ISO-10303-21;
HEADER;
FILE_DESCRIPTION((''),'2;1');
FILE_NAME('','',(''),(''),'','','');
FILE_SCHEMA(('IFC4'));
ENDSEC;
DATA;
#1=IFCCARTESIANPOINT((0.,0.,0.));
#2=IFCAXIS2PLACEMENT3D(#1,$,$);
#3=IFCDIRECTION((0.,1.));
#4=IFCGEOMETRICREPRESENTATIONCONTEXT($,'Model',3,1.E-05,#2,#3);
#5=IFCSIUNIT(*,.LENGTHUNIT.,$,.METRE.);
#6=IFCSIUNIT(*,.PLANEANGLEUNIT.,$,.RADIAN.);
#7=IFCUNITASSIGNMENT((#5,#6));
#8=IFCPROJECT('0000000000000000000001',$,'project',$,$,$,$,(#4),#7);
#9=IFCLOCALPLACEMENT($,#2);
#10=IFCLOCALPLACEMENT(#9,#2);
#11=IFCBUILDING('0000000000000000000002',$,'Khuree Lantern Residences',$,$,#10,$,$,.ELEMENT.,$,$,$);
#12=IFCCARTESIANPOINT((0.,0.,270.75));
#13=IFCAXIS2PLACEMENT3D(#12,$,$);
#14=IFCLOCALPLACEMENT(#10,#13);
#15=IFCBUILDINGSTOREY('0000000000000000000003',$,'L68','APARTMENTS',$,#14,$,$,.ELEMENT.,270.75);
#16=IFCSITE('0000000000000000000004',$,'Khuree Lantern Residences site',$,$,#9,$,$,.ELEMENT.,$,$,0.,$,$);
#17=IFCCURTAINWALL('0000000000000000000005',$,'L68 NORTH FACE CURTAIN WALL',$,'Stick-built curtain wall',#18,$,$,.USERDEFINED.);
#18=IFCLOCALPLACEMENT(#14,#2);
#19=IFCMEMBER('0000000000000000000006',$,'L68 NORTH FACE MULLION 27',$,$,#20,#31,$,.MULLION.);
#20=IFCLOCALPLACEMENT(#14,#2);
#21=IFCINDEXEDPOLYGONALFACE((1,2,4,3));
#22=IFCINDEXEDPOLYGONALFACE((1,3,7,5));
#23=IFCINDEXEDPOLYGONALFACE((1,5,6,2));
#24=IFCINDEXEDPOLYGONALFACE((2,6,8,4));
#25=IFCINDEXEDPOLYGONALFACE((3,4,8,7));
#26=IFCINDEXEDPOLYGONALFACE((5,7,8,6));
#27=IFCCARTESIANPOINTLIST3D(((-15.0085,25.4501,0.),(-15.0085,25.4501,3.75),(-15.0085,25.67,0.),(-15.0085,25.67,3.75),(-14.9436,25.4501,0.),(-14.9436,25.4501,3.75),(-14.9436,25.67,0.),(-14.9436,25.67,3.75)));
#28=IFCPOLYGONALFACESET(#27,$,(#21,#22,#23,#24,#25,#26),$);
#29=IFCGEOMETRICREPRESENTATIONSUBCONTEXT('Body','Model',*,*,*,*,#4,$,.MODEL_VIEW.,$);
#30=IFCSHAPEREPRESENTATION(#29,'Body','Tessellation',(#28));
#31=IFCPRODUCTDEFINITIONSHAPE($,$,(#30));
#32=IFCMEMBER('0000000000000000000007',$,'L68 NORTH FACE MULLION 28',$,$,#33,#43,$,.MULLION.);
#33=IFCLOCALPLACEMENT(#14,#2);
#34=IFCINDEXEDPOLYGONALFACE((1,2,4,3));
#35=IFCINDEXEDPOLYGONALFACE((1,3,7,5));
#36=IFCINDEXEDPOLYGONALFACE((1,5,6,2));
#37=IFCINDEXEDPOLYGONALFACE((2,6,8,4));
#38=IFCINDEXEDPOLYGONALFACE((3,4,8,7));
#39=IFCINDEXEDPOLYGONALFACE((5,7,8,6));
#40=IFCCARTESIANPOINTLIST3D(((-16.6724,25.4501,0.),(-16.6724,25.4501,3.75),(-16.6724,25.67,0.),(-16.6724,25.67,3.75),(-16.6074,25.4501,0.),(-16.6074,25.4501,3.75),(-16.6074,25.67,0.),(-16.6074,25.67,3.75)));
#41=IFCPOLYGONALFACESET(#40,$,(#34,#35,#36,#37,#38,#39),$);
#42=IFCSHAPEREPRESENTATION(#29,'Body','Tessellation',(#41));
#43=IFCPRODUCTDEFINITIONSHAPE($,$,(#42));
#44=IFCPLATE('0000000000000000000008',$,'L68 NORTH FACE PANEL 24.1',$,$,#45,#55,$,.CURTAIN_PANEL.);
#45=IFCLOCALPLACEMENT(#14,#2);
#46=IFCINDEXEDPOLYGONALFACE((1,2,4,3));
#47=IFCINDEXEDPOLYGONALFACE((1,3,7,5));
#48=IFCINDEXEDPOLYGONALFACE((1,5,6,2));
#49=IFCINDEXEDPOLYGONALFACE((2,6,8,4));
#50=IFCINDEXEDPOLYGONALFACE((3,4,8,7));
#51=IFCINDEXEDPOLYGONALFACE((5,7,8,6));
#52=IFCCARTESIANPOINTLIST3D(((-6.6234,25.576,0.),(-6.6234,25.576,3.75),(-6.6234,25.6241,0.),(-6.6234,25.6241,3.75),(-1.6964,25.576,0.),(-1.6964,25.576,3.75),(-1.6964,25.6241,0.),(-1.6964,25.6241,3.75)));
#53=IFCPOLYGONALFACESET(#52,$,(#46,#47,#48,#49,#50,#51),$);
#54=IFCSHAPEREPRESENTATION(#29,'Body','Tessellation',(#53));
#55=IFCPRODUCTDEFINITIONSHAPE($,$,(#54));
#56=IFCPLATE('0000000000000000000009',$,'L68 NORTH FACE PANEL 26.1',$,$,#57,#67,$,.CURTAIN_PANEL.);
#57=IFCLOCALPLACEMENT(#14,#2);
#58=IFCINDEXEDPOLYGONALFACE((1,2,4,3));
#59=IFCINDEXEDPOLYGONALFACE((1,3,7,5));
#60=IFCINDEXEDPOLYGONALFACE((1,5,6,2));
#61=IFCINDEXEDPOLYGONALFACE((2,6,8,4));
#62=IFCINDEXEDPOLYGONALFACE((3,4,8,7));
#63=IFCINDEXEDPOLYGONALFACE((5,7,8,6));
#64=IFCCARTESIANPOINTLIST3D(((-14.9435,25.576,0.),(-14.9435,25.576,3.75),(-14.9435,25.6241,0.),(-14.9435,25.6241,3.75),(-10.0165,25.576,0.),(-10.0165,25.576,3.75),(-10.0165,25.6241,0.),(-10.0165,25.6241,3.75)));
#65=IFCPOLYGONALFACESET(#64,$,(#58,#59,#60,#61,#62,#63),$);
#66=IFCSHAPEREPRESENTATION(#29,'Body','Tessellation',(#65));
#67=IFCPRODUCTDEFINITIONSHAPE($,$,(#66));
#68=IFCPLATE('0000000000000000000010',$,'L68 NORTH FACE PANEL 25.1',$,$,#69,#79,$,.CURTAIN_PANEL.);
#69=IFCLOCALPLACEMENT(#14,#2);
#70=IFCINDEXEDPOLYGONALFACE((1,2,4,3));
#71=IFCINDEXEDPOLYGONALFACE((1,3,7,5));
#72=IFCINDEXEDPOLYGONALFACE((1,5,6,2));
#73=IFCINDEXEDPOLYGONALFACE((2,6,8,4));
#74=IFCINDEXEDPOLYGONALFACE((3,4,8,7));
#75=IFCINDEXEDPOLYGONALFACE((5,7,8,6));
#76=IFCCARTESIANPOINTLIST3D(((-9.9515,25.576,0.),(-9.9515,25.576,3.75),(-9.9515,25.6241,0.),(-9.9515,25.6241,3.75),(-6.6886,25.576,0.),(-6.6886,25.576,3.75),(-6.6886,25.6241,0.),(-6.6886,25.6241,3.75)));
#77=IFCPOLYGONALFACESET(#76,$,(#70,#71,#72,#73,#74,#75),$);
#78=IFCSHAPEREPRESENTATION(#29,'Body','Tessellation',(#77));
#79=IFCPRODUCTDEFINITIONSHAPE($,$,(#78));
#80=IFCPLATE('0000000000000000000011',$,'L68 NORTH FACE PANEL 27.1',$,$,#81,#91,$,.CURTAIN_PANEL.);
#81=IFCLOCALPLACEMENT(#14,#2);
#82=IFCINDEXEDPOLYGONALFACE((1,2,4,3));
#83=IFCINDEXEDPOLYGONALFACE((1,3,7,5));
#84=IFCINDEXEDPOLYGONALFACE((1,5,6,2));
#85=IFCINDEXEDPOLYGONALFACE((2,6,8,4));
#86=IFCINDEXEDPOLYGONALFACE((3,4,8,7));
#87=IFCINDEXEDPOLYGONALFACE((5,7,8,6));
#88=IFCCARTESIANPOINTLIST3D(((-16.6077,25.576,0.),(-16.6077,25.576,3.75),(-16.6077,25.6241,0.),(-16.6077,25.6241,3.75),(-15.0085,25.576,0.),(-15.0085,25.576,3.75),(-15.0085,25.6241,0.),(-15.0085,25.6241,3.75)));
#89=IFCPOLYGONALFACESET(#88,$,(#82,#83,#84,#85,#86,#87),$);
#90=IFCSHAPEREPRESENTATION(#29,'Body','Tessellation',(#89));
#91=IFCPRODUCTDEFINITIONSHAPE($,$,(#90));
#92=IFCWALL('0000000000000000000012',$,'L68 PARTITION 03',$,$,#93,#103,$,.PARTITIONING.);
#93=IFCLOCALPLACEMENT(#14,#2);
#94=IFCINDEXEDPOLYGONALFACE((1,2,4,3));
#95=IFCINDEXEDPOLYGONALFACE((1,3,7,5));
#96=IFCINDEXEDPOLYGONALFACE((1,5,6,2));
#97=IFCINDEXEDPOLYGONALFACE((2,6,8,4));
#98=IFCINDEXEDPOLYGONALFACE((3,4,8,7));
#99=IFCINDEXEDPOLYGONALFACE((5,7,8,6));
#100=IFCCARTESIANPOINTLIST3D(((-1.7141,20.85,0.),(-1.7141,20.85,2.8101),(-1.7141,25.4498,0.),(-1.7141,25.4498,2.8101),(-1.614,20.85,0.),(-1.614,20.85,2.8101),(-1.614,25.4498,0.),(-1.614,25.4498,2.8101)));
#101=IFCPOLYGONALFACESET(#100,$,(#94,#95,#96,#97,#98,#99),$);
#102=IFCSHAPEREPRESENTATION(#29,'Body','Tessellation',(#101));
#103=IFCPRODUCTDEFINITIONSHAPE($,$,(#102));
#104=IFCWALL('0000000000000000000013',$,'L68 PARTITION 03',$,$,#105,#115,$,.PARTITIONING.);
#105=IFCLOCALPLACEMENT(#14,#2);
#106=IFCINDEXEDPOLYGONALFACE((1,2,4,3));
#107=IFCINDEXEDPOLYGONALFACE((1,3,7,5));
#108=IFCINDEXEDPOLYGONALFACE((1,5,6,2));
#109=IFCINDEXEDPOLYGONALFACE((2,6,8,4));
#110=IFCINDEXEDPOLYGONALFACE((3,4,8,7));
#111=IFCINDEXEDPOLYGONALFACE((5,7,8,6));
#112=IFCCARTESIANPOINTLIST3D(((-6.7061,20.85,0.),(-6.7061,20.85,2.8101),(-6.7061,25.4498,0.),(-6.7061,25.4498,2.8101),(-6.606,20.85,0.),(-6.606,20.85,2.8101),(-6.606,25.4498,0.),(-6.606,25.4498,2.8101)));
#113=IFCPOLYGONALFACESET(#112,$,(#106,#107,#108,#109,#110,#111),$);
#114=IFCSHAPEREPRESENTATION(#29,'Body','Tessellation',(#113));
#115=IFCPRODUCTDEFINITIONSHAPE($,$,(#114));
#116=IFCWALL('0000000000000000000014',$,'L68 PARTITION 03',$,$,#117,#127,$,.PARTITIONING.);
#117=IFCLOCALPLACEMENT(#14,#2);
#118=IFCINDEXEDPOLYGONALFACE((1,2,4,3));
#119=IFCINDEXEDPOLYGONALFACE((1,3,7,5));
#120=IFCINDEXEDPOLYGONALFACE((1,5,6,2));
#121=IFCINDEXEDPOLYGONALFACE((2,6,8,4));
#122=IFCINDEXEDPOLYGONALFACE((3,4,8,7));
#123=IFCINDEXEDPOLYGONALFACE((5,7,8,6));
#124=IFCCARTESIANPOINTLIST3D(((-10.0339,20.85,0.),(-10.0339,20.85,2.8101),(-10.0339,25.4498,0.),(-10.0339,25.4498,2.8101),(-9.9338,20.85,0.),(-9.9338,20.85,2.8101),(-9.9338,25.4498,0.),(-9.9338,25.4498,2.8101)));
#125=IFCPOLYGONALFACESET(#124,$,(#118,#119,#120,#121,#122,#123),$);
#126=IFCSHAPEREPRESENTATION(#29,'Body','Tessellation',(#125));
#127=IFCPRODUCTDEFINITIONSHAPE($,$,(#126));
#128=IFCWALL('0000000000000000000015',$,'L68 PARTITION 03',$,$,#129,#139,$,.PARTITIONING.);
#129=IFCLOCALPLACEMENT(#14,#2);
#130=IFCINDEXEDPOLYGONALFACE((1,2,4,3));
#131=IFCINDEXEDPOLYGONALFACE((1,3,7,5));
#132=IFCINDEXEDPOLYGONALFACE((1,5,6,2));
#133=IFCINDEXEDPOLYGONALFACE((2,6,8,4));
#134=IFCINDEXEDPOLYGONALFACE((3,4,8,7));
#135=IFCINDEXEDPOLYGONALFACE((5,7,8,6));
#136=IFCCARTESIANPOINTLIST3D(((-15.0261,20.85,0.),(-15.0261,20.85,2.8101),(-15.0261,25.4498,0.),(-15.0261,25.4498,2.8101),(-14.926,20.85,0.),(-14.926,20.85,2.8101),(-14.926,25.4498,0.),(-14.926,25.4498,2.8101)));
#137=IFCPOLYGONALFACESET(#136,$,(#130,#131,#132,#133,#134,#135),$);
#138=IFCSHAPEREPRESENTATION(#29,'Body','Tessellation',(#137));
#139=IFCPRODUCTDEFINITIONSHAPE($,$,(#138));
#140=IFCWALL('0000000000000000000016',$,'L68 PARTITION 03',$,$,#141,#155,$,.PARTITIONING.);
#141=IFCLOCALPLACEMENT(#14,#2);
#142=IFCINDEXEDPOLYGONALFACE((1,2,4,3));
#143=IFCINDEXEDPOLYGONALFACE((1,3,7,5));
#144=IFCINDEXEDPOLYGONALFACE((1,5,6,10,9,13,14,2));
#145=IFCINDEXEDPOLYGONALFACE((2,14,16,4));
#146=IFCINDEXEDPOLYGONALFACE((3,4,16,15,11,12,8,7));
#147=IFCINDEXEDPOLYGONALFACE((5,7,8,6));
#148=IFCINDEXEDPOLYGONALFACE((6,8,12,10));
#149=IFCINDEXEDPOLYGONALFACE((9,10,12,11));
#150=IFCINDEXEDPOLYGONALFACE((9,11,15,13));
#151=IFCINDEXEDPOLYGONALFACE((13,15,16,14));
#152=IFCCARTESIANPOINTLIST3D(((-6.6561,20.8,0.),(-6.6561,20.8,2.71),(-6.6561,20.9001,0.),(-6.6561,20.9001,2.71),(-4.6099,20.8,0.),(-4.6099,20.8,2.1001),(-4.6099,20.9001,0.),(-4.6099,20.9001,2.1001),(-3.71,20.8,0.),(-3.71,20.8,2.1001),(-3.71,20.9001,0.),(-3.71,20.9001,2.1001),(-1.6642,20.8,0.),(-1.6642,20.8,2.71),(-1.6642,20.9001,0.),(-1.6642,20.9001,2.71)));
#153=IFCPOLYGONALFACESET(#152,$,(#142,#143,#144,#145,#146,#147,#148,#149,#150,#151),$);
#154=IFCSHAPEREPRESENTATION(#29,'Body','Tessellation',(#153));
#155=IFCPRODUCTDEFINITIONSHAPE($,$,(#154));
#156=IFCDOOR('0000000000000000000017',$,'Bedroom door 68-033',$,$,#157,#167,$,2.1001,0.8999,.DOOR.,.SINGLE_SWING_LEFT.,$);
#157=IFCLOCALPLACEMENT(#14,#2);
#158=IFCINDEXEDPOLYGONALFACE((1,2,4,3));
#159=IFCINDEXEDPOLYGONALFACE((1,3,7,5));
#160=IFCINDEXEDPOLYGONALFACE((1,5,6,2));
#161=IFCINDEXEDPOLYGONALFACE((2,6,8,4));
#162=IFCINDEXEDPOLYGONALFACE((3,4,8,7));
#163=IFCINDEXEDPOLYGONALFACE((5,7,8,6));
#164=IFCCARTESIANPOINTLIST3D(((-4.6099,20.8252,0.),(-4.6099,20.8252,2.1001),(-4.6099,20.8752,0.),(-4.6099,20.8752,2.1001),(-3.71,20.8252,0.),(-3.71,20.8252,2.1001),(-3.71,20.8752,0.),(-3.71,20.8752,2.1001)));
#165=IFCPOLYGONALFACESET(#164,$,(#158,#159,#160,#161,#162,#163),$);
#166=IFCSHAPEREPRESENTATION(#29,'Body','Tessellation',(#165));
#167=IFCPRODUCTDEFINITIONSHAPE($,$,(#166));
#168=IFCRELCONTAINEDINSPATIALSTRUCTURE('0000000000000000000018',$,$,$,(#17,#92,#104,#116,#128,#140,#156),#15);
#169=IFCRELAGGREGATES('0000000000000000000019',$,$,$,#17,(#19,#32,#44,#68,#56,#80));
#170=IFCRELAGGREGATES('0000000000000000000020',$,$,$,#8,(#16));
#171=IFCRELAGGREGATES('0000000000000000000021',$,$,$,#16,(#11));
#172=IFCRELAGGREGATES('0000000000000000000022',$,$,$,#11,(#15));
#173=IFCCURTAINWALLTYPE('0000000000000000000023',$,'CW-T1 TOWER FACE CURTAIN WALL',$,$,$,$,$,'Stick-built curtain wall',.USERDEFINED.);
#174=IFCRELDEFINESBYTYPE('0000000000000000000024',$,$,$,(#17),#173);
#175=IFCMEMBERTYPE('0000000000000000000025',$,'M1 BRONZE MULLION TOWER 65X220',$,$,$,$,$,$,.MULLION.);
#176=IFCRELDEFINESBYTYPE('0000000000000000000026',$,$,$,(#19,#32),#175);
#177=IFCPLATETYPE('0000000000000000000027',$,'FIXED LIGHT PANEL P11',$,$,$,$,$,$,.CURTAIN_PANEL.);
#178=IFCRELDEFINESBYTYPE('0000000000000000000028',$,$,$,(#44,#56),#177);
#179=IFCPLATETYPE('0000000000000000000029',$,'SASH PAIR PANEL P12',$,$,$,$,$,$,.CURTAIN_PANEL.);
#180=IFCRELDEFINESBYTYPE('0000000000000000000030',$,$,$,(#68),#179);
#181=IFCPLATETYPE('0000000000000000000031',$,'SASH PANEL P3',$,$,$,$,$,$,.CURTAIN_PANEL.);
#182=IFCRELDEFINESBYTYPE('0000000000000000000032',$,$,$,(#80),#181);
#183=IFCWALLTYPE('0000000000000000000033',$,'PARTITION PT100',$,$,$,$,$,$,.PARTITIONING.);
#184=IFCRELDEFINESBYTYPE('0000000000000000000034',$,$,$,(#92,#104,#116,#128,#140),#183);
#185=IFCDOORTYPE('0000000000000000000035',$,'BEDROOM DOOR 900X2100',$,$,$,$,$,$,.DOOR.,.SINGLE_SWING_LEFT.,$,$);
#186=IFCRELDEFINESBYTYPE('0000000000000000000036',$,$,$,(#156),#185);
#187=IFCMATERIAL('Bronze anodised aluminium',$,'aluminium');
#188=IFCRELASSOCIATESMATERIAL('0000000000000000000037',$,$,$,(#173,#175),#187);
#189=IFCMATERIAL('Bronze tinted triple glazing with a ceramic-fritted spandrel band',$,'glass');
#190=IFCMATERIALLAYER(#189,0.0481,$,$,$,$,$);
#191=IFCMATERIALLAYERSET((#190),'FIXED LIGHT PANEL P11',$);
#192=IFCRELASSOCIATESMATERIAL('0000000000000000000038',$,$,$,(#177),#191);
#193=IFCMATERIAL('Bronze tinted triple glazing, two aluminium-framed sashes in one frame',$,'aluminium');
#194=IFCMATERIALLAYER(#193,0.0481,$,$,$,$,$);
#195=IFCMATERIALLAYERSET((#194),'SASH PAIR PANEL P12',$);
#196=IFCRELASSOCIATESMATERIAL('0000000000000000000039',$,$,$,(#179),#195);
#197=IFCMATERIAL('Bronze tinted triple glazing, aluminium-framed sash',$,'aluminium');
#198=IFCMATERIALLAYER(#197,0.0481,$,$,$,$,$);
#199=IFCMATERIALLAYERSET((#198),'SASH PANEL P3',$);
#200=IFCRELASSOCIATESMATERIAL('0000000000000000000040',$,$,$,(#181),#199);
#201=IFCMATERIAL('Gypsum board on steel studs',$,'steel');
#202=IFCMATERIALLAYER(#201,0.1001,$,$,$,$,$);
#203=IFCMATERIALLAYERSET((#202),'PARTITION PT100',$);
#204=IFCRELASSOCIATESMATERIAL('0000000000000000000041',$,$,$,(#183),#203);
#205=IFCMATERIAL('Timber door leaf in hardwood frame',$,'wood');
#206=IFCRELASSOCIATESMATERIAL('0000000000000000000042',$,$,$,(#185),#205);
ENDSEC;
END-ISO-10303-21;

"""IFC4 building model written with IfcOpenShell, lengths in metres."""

from ifc_helpers import new_model, si_unit, direction, frame, frame_2d, origin, origin_2d, place, context, subcontext, project, spatial, rectangle, extrude, material, layer, layer_set, material_profile, profile_set, type_object, element, fill, aggregate, save


model = new_model("IFC4")

# Units and contexts
model_context = context("Model", 3, precision=1e-05, world=origin(), true_north=direction((0.0, 1.0)))
body_context = subcontext(model_context, "Body", "Model", "MODEL_VIEW")
ifc_project = project(units=[si_unit("LENGTHUNIT", "METRE"), si_unit("PLANEANGLEUNIT", "RADIAN")], contexts=[model_context])

# Site, building, storey
site_placement = place(None, origin())
site = spatial("IfcSite", under=ifc_project, at=site_placement, Name="Khuree Lantern Residences site", CompositionType="ELEMENT", RefElevation=0.0)
building_placement = place(site_placement, origin())
building = spatial("IfcBuilding", under=site, at=building_placement, Name="Khuree Lantern Residences", CompositionType="ELEMENT")
storey_placement = place(building_placement, frame((0.0, 0.0, 270.75)))
storey = spatial("IfcBuildingStorey", under=building, at=storey_placement, Name="L68", Description="APARTMENTS", CompositionType="ELEMENT", Elevation=270.75)

# Curtain wall
ifc_material_1 = material(Name="Bronze anodised aluminium", Category="aluminium")
curtain_wall_type = type_object("IfcCurtainWallType", Name="CW-T1 TOWER FACE CURTAIN WALL", ElementType="Stick-built curtain wall", PredefinedType="USERDEFINED", material=ifc_material_1)
curtain_wall_placement = place(storey_placement, origin())
curtain_wall = element("IfcCurtainWall", 1, at=curtain_wall_placement, inside=storey, type_object=curtain_wall_type, Name="L68 NORTH FACE CURTAIN WALL", ObjectType="Stick-built curtain wall", PredefinedType="USERDEFINED")

# Members
ifc_material_profile_1 = material_profile(ifc_material_1, rectangle(XDim=0.0649, YDim=0.22, at=origin_2d()), Name="M1 65X220")
ifc_profile_set_1 = profile_set([ifc_material_profile_1], Name="Bronze anodised aluminium")
member_type_1 = type_object("IfcMemberType", Name="M1 BRONZE MULLION TOWER 65X220", PredefinedType="MULLION", material=ifc_profile_set_1)
member_1_placement = place(storey_placement, frame((-14.9761, 25.5601, 0.0), z_axis=(0.0, 0.0, 1.0), x_axis=(-1.0, 0.0, 0.0)))
member_1 = element("IfcMember", 2, at=member_1_placement, type_object=member_type_1, Name="L68 NORTH FACE MULLION 27", PredefinedType="MULLION", context=body_context, shape_type="SweptSolid", body=[
    extrude(rectangle(XDim=0.0649, YDim=0.22, at=origin_2d()), origin(), (0.0, 0.0, 1.0), 3.75),
])
member_2_placement = place(storey_placement, frame((-16.6399, 25.5601, 0.0), z_axis=(0.0, 0.0, 1.0), x_axis=(-1.0, 0.0, 0.0)))
member_2 = element("IfcMember", 3, at=member_2_placement, type_object=member_type_1, Name="L68 NORTH FACE MULLION 28", PredefinedType="MULLION", context=body_context, shape_type="SweptSolid", body=[
    extrude(rectangle(XDim=0.0649, YDim=0.22, at=origin_2d()), origin(), (0.0, 0.0, 1.0), 3.75),
])

# Plates
ifc_material_2 = material(Name="Bronze tinted triple glazing with a ceramic-fritted spandrel band", Category="glass")
ifc_layer_1 = layer(ifc_material_2, 0.0481)
ifc_layer_set_1 = layer_set([ifc_layer_1], Name="FIXED LIGHT PANEL P11")
plate_type_1 = type_object("IfcPlateType", Name="FIXED LIGHT PANEL P11", PredefinedType="CURTAIN_PANEL", material=ifc_layer_set_1)
plate_1_placement = place(storey_placement, frame((-4.1599, 25.6001, 0.0), z_axis=(0.0, 0.0, 1.0), x_axis=(-1.0, 0.0, 0.0)))
plate_1 = element("IfcPlate", 4, at=plate_1_placement, type_object=plate_type_1, Name="L68 NORTH FACE PANEL 24.1", PredefinedType="CURTAIN_PANEL", context=body_context, shape_type="SweptSolid", body=[
    extrude(rectangle(XDim=4.927, YDim=0.0481, at=origin_2d()), origin(), (0.0, 0.0, 1.0), 3.75),
])
plate_2_placement = place(storey_placement, frame((-12.48, 25.6001, 0.0), z_axis=(0.0, 0.0, 1.0), x_axis=(-1.0, 0.0, 0.0)))
plate_2 = element("IfcPlate", 5, at=plate_2_placement, type_object=plate_type_1, Name="L68 NORTH FACE PANEL 26.1", PredefinedType="CURTAIN_PANEL", context=body_context, shape_type="SweptSolid", body=[
    extrude(rectangle(XDim=4.927, YDim=0.0481, at=origin_2d()), origin(), (0.0, 0.0, 1.0), 3.75),
])
ifc_material_3 = material(Name="Bronze tinted triple glazing, two aluminium-framed sashes in one frame", Category="aluminium")
ifc_layer_2 = layer(ifc_material_3, 0.0481)
ifc_layer_set_2 = layer_set([ifc_layer_2], Name="SASH PAIR PANEL P12")
plate_type_2 = type_object("IfcPlateType", Name="SASH PAIR PANEL P12", PredefinedType="CURTAIN_PANEL", material=ifc_layer_set_2)
plate_3_placement = place(storey_placement, frame((-8.3201, 25.6001, 0.0), z_axis=(0.0, 0.0, 1.0), x_axis=(-1.0, 0.0, 0.0)))
plate_3 = element("IfcPlate", 6, at=plate_3_placement, type_object=plate_type_2, Name="L68 NORTH FACE PANEL 25.1", PredefinedType="CURTAIN_PANEL", context=body_context, shape_type="SweptSolid", body=[
    extrude(rectangle(XDim=3.2629, YDim=0.0481, at=origin_2d()), origin(), (0.0, 0.0, 1.0), 3.75),
])
ifc_material_4 = material(Name="Bronze tinted triple glazing, aluminium-framed sash", Category="aluminium")
ifc_layer_3 = layer(ifc_material_4, 0.0481)
ifc_layer_set_3 = layer_set([ifc_layer_3], Name="SASH PANEL P3")
plate_type_3 = type_object("IfcPlateType", Name="SASH PANEL P3", PredefinedType="CURTAIN_PANEL", material=ifc_layer_set_3)
plate_4_placement = place(storey_placement, frame((-15.8081, 25.6001, 0.0), z_axis=(0.0, 0.0, 1.0), x_axis=(-1.0, 0.0, 0.0)))
plate_4 = element("IfcPlate", 7, at=plate_4_placement, type_object=plate_type_3, Name="L68 NORTH FACE PANEL 27.1", PredefinedType="CURTAIN_PANEL", context=body_context, shape_type="SweptSolid", body=[
    extrude(rectangle(XDim=1.5991, YDim=0.0481, at=origin_2d()), origin(), (0.0, 0.0, 1.0), 3.75),
])
aggregate(curtain_wall, [member_1, member_2, plate_1, plate_3, plate_2, plate_4])

# Walls
ifc_material_5 = material(Name="Gypsum board on steel studs", Category="steel")
ifc_layer_4 = layer(ifc_material_5, 0.1001)
ifc_layer_set_4 = layer_set([ifc_layer_4], Name="PARTITION PT100")
wall_type = type_object("IfcWallType", Name="PARTITION PT100", PredefinedType="PARTITIONING", material=ifc_layer_set_4)
for number, where, z_axis, x_axis, name in (
    (8, (-1.6641, 20.8501, 0.0), (0.0, 0.0, 1.0), (0.0, 1.0, 0.0), "L68 PARTITION 03"),
    (9, (-6.656, 20.8501, 0.0), (0.0, 0.0, 1.0), (0.0, 1.0, 0.0), "L68 PARTITION 03"),
    (10, (-9.9839, 20.8501, 0.0), (0.0, 0.0, 1.0), (0.0, 1.0, 0.0), "L68 PARTITION 03"),
    (11, (-14.9761, 20.8501, 0.0), (0.0, 0.0, 1.0), (0.0, 1.0, 0.0), "L68 PARTITION 03"),
):
    element("IfcWall", number, at=place(storey_placement, frame(where, z_axis=z_axis, x_axis=x_axis)), inside=storey, type_object=wall_type, Name=name, PredefinedType="PARTITIONING", context=body_context, shape_type="SweptSolid", body=[
        extrude(rectangle(XDim=4.5999, YDim=0.1001, at=frame_2d((2.2998, 0.0))), origin(), (0.0, 0.0, 1.0), 2.8101),
    ])

# Wall, opening, door
wall_1_placement = place(storey_placement, frame((-1.6641, 20.8501, 0.0), z_axis=(0.0, 0.0, 1.0), x_axis=(-1.0, 0.0, 0.0)))
wall_1 = element("IfcWall", 12, at=wall_1_placement, inside=storey, type_object=wall_type, Name="L68 PARTITION 03", PredefinedType="PARTITIONING", context=body_context, shape_type="SweptSolid", body=[
    extrude(rectangle(XDim=4.9919, YDim=0.1001, at=frame_2d((2.4961, 0.0))), origin(), (0.0, 0.0, 1.0), 2.71),
])
opening_1_placement = place(wall_1_placement, frame((2.0459, 0.0, 0.0)))
opening_1 = element("IfcOpeningElement", 13, at=opening_1_placement, cuts=wall_1, PredefinedType="OPENING", context=body_context, shape_type="SweptSolid", body=[
    extrude(rectangle(XDim=0.8999, YDim=2.1001, at=frame_2d((0.45, 1.05))), frame((0.0, 0.0601, 0.0), z_axis=(0.0, -1.0, 0.0), x_axis=(1.0, 0.0, 0.0)), (0.0, 0.0, 1.0), 0.1201),
])
ifc_material_6 = material(Name="Timber door leaf in hardwood frame", Category="wood")
door_type = type_object("IfcDoorType", Name="BEDROOM DOOR 900X2100", OperationType="SINGLE_SWING_LEFT", PredefinedType="DOOR", material=ifc_material_6)
door_1_placement = place(opening_1_placement, origin())
door_1 = element("IfcDoor", 14, at=door_1_placement, inside=storey, type_object=door_type, Name="Bedroom door 68-033", OperationType="SINGLE_SWING_LEFT", OverallHeight=2.1001, OverallWidth=0.8999, PredefinedType="DOOR", context=body_context, shape_type="SweptSolid", body=[
    extrude(rectangle(XDim=0.8999, YDim=2.1001, at=frame_2d((0.45, 1.05))), frame((0.0, 0.0249, 0.0), z_axis=(0.0, -1.0, 0.0), x_axis=(1.0, 0.0, 0.0)), (0.0, 0.0, 1.0), 0.05),
])
fill(opening_1, door_1)

save(model, "model.ifc")
